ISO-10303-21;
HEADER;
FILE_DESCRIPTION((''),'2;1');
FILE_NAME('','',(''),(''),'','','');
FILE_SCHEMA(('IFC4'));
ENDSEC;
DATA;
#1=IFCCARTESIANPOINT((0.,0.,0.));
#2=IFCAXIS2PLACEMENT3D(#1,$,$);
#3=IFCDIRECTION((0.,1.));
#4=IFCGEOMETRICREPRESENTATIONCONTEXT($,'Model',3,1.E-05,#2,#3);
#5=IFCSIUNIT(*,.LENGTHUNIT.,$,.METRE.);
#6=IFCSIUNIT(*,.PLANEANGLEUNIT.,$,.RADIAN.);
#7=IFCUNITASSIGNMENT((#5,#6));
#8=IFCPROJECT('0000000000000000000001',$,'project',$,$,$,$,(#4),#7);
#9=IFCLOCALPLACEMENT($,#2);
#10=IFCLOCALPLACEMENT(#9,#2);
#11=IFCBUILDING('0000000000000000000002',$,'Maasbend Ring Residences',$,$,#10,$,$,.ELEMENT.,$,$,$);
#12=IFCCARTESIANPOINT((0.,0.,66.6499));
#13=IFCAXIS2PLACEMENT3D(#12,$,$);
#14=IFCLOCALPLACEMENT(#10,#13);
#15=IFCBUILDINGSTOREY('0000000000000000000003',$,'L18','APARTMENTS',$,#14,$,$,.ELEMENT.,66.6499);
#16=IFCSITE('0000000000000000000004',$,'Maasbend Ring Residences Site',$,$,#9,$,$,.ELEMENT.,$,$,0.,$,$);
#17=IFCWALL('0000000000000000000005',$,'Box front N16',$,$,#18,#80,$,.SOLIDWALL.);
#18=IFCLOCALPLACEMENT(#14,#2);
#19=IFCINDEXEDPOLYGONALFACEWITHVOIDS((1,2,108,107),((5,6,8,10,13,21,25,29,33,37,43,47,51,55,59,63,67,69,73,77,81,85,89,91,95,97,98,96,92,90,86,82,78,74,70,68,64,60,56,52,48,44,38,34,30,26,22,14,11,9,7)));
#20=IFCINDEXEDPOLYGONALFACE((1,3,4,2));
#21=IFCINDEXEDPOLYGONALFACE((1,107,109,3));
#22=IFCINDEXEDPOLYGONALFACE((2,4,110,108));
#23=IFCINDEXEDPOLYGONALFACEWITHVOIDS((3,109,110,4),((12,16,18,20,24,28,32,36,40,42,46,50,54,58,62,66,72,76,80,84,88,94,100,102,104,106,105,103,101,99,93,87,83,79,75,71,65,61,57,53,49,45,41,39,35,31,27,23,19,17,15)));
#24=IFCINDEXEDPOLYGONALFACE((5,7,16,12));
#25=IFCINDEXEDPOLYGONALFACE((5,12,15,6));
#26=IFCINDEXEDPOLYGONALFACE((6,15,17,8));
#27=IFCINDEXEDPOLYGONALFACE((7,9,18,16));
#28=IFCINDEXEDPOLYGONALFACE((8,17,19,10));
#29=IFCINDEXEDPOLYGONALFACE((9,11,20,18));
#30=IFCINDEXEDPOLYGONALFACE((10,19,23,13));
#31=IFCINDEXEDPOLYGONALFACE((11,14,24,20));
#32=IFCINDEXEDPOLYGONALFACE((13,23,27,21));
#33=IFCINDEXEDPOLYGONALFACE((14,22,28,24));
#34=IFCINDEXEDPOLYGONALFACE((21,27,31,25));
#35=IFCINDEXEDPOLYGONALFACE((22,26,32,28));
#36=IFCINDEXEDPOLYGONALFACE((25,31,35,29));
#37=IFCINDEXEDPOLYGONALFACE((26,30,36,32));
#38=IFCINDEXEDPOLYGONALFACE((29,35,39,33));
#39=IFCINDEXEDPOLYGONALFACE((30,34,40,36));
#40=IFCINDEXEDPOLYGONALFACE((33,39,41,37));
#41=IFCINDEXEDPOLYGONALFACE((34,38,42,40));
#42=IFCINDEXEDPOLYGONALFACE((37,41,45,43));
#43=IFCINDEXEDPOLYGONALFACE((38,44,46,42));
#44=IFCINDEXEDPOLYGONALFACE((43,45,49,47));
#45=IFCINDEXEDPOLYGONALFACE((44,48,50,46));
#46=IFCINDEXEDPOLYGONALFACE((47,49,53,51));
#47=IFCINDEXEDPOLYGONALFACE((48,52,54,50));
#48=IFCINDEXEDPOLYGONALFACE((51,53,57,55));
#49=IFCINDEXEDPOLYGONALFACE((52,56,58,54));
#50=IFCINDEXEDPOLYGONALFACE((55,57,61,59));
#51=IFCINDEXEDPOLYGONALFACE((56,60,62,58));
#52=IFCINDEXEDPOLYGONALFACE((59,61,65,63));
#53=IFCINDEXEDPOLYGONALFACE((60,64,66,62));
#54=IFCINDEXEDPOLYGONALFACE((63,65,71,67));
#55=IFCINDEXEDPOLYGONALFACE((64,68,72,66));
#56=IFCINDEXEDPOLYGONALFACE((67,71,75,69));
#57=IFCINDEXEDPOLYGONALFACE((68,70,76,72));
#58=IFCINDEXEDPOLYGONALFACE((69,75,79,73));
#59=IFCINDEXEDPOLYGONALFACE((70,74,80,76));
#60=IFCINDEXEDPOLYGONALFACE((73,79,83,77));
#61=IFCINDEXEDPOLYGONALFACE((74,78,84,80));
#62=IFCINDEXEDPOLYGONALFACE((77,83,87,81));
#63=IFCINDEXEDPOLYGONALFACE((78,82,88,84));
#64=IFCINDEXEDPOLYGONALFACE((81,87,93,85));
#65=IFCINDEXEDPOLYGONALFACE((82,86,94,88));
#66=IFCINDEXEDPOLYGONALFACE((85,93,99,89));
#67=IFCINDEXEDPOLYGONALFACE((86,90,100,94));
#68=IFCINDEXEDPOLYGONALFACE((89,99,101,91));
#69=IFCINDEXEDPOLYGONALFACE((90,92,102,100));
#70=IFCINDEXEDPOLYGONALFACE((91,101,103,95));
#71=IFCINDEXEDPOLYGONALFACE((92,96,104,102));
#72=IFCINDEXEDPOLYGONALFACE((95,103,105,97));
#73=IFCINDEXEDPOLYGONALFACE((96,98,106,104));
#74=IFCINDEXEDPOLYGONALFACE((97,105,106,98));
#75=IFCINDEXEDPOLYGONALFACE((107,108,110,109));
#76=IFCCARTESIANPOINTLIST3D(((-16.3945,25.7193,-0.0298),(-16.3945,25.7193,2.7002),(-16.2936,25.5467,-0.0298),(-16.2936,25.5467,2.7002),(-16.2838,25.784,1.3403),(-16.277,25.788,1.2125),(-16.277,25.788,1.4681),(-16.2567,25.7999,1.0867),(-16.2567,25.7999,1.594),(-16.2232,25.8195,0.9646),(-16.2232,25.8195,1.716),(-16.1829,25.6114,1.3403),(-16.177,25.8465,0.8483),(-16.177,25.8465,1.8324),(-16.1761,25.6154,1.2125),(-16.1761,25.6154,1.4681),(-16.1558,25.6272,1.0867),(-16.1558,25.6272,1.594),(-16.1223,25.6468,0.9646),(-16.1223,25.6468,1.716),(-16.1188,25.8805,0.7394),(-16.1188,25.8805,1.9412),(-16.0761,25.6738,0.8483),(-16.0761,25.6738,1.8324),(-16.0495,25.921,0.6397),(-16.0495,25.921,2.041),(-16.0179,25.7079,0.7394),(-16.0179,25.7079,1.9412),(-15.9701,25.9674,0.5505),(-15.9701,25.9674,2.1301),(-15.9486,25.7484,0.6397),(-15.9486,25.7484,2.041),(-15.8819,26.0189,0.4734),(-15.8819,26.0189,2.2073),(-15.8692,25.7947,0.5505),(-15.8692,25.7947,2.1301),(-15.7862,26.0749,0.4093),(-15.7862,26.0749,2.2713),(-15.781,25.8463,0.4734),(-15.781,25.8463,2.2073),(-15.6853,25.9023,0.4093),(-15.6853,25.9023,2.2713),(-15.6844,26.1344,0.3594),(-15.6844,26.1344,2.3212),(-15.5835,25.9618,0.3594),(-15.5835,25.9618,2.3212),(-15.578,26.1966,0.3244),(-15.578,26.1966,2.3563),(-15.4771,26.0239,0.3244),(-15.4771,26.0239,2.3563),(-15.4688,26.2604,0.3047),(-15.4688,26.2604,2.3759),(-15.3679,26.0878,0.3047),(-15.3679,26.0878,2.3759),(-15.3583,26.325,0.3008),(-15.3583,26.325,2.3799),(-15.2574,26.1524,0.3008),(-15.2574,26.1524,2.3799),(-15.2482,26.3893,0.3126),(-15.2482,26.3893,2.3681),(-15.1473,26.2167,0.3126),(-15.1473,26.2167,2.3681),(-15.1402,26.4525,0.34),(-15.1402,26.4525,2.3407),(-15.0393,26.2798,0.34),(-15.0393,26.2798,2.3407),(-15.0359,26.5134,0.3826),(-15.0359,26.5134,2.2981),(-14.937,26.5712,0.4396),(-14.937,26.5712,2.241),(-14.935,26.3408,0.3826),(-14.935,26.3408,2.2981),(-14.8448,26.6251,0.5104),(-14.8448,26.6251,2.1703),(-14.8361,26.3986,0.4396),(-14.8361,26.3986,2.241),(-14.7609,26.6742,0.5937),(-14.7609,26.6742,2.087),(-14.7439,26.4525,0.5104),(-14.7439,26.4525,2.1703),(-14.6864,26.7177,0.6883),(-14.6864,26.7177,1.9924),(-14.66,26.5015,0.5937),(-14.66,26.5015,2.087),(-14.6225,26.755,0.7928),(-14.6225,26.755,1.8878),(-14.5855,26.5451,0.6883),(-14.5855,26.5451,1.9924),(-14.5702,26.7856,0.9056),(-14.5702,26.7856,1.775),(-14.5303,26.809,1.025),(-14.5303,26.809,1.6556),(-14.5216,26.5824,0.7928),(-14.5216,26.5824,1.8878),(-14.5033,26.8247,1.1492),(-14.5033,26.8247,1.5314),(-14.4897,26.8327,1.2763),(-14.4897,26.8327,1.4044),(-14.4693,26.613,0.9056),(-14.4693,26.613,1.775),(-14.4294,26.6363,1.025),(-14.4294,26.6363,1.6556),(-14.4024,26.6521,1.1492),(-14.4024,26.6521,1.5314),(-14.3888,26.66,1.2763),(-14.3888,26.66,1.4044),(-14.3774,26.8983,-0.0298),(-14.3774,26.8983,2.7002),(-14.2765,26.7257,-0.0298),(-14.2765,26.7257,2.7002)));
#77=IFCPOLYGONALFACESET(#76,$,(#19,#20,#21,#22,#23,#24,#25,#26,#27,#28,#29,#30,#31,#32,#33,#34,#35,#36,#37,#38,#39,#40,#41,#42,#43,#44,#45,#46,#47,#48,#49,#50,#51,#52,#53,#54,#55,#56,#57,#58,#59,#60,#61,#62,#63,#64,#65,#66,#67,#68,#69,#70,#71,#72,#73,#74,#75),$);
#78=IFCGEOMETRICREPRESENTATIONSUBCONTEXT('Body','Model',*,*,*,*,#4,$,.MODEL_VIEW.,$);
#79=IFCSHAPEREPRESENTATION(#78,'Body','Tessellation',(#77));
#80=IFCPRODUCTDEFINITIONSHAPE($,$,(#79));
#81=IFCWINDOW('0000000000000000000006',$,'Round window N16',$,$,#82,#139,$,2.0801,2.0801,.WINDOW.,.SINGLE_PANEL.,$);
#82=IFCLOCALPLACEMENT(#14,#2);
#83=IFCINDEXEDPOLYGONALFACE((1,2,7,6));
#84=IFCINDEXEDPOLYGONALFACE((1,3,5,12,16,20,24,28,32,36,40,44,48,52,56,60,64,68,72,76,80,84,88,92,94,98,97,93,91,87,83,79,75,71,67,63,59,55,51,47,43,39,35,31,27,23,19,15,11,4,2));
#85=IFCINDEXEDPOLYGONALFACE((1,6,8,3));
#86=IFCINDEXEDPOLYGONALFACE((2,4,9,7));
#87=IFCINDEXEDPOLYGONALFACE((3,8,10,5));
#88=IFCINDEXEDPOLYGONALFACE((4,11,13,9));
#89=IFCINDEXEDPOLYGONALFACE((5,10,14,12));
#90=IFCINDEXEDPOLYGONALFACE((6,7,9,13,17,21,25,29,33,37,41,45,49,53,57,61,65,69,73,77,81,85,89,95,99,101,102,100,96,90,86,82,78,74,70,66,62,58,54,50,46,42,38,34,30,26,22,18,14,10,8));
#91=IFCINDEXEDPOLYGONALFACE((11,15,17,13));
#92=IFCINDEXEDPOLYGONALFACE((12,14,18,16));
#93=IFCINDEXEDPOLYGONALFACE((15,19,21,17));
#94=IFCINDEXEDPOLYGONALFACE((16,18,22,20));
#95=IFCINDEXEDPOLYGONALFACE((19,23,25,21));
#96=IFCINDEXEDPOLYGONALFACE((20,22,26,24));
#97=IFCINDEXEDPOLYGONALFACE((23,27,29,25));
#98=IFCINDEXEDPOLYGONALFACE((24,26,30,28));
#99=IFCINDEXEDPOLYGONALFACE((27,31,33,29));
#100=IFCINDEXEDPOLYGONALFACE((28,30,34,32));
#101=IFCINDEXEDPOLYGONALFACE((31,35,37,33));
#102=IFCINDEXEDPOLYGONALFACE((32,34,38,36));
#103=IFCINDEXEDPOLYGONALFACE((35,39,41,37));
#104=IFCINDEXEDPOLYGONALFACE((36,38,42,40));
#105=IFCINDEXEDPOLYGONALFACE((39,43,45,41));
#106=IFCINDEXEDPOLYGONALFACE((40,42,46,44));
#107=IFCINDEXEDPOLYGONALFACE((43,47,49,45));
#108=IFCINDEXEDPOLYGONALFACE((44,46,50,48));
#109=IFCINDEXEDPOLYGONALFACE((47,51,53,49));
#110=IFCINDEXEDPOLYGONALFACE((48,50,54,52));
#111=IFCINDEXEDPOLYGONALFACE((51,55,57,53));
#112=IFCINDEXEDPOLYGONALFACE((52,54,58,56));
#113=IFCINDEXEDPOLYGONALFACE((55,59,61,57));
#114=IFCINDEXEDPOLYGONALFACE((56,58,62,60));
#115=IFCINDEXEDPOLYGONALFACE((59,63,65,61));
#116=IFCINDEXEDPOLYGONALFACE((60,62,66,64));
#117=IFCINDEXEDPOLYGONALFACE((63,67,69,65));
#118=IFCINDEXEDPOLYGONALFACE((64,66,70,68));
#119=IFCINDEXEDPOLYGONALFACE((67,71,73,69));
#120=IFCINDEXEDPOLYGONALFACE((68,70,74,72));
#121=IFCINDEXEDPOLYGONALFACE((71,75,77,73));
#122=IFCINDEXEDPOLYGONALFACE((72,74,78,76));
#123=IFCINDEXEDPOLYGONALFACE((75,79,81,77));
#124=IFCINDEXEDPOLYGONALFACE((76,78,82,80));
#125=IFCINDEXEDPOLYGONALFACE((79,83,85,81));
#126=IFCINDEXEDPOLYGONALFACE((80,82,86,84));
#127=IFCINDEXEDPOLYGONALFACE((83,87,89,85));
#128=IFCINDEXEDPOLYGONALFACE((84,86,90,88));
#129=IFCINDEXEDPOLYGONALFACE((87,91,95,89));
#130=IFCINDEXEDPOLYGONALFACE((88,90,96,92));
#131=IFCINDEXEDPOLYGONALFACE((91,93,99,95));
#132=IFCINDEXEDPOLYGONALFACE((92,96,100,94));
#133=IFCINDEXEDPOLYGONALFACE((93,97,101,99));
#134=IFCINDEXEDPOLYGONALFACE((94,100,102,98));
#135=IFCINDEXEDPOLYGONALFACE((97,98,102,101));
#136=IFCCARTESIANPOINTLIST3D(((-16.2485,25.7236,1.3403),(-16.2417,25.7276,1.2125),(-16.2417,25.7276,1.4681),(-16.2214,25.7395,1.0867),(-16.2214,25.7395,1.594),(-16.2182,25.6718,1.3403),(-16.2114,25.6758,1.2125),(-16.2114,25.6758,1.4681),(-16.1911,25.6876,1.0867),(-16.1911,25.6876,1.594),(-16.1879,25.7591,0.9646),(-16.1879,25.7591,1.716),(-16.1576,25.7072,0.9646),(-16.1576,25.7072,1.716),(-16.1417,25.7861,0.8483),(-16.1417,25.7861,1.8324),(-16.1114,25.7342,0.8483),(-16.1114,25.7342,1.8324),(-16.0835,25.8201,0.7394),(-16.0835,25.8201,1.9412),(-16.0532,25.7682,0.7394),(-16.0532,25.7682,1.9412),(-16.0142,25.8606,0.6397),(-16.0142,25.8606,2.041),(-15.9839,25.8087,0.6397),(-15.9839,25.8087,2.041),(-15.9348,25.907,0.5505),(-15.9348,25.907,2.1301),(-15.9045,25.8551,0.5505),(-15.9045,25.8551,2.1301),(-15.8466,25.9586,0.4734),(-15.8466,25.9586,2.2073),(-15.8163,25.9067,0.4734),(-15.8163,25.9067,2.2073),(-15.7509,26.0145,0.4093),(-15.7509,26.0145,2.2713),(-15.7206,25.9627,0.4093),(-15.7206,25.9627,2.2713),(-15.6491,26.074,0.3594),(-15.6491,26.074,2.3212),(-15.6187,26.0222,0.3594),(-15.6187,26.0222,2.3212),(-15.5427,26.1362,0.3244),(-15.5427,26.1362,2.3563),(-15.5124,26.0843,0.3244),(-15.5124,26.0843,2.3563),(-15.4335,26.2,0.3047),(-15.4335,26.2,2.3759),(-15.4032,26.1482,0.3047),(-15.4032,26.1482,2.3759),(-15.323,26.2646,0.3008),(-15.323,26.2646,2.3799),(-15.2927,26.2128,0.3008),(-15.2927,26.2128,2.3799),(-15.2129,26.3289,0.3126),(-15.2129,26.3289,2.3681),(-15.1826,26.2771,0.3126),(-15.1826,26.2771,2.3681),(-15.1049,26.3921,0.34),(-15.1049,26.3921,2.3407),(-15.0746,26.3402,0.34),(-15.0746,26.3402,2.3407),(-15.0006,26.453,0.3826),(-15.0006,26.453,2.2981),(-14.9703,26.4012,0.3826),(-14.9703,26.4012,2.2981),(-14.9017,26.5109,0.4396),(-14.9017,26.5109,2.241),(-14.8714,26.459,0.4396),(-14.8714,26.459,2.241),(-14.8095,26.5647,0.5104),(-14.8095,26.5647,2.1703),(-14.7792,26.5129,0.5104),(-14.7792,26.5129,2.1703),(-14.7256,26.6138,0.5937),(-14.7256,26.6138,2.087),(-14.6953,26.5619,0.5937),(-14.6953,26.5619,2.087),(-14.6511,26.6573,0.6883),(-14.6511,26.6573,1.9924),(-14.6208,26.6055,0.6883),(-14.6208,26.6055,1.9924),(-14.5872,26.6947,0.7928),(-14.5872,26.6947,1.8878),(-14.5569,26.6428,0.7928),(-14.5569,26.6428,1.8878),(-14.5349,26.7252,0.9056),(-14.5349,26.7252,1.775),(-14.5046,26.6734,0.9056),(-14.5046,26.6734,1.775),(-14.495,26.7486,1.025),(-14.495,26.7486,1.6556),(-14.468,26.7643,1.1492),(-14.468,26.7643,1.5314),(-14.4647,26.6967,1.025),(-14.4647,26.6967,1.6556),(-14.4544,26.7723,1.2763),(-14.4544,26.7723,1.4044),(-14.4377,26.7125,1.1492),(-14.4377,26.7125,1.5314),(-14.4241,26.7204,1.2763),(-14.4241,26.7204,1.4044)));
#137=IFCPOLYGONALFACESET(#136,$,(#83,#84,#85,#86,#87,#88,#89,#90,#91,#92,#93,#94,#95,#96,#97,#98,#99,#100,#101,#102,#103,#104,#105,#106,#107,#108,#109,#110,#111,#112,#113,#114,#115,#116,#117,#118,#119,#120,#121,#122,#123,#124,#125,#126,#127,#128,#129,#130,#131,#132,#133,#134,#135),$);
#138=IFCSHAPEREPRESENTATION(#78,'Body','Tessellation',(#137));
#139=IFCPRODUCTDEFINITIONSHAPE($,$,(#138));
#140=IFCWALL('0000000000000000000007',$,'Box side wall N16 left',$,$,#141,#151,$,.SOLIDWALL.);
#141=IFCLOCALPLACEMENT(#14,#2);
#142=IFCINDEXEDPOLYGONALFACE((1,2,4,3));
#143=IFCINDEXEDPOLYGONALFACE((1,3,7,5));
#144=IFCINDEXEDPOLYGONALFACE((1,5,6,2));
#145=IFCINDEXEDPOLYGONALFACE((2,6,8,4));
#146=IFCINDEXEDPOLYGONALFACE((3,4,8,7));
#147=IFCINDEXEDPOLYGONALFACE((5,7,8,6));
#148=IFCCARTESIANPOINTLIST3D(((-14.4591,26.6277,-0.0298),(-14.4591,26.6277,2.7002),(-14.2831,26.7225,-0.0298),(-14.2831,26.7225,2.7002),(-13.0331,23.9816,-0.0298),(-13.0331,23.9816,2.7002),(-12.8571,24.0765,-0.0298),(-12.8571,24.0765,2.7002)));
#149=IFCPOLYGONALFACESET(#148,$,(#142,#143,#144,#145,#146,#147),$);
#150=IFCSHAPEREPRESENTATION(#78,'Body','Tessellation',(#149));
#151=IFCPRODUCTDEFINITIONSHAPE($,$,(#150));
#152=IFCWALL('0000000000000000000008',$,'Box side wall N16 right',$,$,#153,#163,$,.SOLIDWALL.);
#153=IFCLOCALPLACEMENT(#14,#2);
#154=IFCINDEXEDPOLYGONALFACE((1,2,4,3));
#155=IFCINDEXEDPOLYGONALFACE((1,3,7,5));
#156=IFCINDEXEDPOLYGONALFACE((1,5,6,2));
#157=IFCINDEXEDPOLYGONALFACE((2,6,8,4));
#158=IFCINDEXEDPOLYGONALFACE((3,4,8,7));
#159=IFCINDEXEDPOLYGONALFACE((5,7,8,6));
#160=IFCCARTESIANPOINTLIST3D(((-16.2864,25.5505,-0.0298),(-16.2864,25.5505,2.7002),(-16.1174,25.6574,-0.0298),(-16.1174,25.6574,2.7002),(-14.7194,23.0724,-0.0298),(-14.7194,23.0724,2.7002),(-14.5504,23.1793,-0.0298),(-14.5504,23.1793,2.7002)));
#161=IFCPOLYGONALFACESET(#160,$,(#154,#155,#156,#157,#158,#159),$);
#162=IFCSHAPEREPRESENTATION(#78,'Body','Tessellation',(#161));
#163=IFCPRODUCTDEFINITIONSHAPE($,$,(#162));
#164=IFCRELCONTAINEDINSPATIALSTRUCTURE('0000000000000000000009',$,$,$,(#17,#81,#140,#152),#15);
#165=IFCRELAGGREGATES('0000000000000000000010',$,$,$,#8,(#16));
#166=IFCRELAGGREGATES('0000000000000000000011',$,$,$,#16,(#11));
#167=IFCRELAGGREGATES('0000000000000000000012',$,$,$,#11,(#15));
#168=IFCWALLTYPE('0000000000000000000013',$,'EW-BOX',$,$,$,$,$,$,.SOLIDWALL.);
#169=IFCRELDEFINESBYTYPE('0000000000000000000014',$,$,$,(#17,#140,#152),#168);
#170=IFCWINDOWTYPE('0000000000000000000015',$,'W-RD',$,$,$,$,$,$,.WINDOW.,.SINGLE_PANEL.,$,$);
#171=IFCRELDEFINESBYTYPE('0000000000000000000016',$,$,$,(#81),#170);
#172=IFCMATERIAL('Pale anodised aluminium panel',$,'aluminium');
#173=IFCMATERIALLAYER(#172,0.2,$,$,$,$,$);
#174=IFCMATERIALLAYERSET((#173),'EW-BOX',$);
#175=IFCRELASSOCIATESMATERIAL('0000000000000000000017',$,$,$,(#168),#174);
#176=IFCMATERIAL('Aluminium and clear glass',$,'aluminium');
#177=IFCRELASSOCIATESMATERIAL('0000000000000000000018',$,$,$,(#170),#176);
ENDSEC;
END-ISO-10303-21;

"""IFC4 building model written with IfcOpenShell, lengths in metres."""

from ifc_helpers import new_model, si_unit, direction, frame, frame_2d, origin, place, context, subcontext, project, spatial, rectangle, circle, extrude, material, layer, layer_set, type_object, element, fill, save


model = new_model("IFC4")

# Units and contexts
model_context = context("Model", 3, precision=1e-05, world=origin(), true_north=direction((0.0, 1.0)))
body_context = subcontext(model_context, "Body", "Model", "MODEL_VIEW")
ifc_project = project(units=[si_unit("LENGTHUNIT", "METRE"), si_unit("PLANEANGLEUNIT", "RADIAN")], contexts=[model_context])

# Site, building, storey
site_placement = place(None, origin())
site = spatial("IfcSite", under=ifc_project, at=site_placement, Name="Maasbend Ring Residences Site", CompositionType="ELEMENT", RefElevation=0.0)
building_placement = place(site_placement, origin())
building = spatial("IfcBuilding", under=site, at=building_placement, Name="Maasbend Ring Residences", CompositionType="ELEMENT")
storey_placement = place(building_placement, frame((0.0, 0.0, 66.6499)))
storey = spatial("IfcBuildingStorey", under=building, at=storey_placement, Name="L18", Description="APARTMENTS", CompositionType="ELEMENT", Elevation=66.6499)

# Wall, opening, window
ifc_material_1 = material(Name="Pale anodised aluminium panel", Category="aluminium")
ifc_layer_1 = layer(ifc_material_1, 0.2)
ifc_layer_set_1 = layer_set([ifc_layer_1], Name="EW-BOX")
wall_type_1 = type_object("IfcWallType", Name="EW-BOX", PredefinedType="SOLIDWALL", material=ifc_layer_set_1)
wall_1_placement = place(storey_placement, frame((-14.3269, 26.812, -0.0298), z_axis=(0.0, 0.0, 1.0), x_axis=(-0.863347, -0.504612, 0.0)))
wall_1 = element("IfcWall", 1, at=wall_1_placement, inside=storey, type_object=wall_type_1, Name="Box front N16", PredefinedType="SOLIDWALL", context=body_context, shape_type="SweptSolid", body=[
    extrude(rectangle(XDim=2.3364, YDim=0.2, at=frame_2d((1.1682, 0.0))), origin(), (0.0, 0.0, 1.0), 2.73),
])
opening_1_placement = place(wall_1_placement, frame((0.1282, 0.0, 0.3301)))
opening_1 = element("IfcOpeningElement", 2, at=opening_1_placement, cuts=wall_1, PredefinedType="OPENING", context=body_context, shape_type="SweptSolid", body=[
    extrude(circle(Radius=1.04, at=frame_2d((1.04, 1.04))), frame((0.0, 0.1099, 0.0), z_axis=(0.0, -1.0, 0.0), x_axis=(1.0, 0.0, 0.0)), (0.0, 0.0, 1.0), 0.22),
])
ifc_material_2 = material(Name="Aluminium and clear glass", Category="aluminium")
window_type_1 = type_object("IfcWindowType", Name="W-RD", PartitioningType="SINGLE_PANEL", PredefinedType="WINDOW", material=ifc_material_2)
window_1_placement = place(opening_1_placement, origin())
window_1 = element("IfcWindow", 3, at=window_1_placement, inside=storey, type_object=window_type_1, Name="Round window N16", OverallHeight=2.0801, OverallWidth=2.0801, PartitioningType="SINGLE_PANEL", PredefinedType="WINDOW", context=body_context, shape_type="SweptSolid", body=[
    extrude(circle(Radius=1.04, at=frame_2d((1.04, 1.04))), frame((0.0, 0.03, 0.0), z_axis=(0.0, -1.0, 0.0), x_axis=(1.0, 0.0, 0.0)), (0.0, 0.0, 1.0), 0.0601),
])
fill(opening_1, window_1)

# Walls
wall_2_placement = place(storey_placement, frame((-12.9451, 24.0291, -0.0298), z_axis=(0.0, 0.0, 1.0), x_axis=(-0.474424, 0.880296, 0.0)))
element("IfcWall", 4, at=wall_2_placement, inside=storey, type_object=wall_type_1, Name="Box side wall N16 left", PredefinedType="SOLIDWALL", context=body_context, shape_type="SweptSolid", body=[
    extrude(rectangle(XDim=3.0059, YDim=0.2, at=frame_2d((1.5029, 0.0))), origin(), (0.0, 0.0, 1.0), 2.73),
])
wall_3_placement = place(storey_placement, frame((-14.635, 23.126, -0.0298), z_axis=(0.0, 0.0, 1.0), x_axis=(-0.534438, 0.845208, 0.0)))
element("IfcWall", 5, at=wall_3_placement, inside=storey, type_object=wall_type_1, Name="Box side wall N16 right", PredefinedType="SOLIDWALL", context=body_context, shape_type="SweptSolid", body=[
    extrude(rectangle(XDim=2.9319, YDim=0.2, at=frame_2d((1.4658, 0.0))), origin(), (0.0, 0.0, 1.0), 2.73),
])

save(model, "model.ifc")
